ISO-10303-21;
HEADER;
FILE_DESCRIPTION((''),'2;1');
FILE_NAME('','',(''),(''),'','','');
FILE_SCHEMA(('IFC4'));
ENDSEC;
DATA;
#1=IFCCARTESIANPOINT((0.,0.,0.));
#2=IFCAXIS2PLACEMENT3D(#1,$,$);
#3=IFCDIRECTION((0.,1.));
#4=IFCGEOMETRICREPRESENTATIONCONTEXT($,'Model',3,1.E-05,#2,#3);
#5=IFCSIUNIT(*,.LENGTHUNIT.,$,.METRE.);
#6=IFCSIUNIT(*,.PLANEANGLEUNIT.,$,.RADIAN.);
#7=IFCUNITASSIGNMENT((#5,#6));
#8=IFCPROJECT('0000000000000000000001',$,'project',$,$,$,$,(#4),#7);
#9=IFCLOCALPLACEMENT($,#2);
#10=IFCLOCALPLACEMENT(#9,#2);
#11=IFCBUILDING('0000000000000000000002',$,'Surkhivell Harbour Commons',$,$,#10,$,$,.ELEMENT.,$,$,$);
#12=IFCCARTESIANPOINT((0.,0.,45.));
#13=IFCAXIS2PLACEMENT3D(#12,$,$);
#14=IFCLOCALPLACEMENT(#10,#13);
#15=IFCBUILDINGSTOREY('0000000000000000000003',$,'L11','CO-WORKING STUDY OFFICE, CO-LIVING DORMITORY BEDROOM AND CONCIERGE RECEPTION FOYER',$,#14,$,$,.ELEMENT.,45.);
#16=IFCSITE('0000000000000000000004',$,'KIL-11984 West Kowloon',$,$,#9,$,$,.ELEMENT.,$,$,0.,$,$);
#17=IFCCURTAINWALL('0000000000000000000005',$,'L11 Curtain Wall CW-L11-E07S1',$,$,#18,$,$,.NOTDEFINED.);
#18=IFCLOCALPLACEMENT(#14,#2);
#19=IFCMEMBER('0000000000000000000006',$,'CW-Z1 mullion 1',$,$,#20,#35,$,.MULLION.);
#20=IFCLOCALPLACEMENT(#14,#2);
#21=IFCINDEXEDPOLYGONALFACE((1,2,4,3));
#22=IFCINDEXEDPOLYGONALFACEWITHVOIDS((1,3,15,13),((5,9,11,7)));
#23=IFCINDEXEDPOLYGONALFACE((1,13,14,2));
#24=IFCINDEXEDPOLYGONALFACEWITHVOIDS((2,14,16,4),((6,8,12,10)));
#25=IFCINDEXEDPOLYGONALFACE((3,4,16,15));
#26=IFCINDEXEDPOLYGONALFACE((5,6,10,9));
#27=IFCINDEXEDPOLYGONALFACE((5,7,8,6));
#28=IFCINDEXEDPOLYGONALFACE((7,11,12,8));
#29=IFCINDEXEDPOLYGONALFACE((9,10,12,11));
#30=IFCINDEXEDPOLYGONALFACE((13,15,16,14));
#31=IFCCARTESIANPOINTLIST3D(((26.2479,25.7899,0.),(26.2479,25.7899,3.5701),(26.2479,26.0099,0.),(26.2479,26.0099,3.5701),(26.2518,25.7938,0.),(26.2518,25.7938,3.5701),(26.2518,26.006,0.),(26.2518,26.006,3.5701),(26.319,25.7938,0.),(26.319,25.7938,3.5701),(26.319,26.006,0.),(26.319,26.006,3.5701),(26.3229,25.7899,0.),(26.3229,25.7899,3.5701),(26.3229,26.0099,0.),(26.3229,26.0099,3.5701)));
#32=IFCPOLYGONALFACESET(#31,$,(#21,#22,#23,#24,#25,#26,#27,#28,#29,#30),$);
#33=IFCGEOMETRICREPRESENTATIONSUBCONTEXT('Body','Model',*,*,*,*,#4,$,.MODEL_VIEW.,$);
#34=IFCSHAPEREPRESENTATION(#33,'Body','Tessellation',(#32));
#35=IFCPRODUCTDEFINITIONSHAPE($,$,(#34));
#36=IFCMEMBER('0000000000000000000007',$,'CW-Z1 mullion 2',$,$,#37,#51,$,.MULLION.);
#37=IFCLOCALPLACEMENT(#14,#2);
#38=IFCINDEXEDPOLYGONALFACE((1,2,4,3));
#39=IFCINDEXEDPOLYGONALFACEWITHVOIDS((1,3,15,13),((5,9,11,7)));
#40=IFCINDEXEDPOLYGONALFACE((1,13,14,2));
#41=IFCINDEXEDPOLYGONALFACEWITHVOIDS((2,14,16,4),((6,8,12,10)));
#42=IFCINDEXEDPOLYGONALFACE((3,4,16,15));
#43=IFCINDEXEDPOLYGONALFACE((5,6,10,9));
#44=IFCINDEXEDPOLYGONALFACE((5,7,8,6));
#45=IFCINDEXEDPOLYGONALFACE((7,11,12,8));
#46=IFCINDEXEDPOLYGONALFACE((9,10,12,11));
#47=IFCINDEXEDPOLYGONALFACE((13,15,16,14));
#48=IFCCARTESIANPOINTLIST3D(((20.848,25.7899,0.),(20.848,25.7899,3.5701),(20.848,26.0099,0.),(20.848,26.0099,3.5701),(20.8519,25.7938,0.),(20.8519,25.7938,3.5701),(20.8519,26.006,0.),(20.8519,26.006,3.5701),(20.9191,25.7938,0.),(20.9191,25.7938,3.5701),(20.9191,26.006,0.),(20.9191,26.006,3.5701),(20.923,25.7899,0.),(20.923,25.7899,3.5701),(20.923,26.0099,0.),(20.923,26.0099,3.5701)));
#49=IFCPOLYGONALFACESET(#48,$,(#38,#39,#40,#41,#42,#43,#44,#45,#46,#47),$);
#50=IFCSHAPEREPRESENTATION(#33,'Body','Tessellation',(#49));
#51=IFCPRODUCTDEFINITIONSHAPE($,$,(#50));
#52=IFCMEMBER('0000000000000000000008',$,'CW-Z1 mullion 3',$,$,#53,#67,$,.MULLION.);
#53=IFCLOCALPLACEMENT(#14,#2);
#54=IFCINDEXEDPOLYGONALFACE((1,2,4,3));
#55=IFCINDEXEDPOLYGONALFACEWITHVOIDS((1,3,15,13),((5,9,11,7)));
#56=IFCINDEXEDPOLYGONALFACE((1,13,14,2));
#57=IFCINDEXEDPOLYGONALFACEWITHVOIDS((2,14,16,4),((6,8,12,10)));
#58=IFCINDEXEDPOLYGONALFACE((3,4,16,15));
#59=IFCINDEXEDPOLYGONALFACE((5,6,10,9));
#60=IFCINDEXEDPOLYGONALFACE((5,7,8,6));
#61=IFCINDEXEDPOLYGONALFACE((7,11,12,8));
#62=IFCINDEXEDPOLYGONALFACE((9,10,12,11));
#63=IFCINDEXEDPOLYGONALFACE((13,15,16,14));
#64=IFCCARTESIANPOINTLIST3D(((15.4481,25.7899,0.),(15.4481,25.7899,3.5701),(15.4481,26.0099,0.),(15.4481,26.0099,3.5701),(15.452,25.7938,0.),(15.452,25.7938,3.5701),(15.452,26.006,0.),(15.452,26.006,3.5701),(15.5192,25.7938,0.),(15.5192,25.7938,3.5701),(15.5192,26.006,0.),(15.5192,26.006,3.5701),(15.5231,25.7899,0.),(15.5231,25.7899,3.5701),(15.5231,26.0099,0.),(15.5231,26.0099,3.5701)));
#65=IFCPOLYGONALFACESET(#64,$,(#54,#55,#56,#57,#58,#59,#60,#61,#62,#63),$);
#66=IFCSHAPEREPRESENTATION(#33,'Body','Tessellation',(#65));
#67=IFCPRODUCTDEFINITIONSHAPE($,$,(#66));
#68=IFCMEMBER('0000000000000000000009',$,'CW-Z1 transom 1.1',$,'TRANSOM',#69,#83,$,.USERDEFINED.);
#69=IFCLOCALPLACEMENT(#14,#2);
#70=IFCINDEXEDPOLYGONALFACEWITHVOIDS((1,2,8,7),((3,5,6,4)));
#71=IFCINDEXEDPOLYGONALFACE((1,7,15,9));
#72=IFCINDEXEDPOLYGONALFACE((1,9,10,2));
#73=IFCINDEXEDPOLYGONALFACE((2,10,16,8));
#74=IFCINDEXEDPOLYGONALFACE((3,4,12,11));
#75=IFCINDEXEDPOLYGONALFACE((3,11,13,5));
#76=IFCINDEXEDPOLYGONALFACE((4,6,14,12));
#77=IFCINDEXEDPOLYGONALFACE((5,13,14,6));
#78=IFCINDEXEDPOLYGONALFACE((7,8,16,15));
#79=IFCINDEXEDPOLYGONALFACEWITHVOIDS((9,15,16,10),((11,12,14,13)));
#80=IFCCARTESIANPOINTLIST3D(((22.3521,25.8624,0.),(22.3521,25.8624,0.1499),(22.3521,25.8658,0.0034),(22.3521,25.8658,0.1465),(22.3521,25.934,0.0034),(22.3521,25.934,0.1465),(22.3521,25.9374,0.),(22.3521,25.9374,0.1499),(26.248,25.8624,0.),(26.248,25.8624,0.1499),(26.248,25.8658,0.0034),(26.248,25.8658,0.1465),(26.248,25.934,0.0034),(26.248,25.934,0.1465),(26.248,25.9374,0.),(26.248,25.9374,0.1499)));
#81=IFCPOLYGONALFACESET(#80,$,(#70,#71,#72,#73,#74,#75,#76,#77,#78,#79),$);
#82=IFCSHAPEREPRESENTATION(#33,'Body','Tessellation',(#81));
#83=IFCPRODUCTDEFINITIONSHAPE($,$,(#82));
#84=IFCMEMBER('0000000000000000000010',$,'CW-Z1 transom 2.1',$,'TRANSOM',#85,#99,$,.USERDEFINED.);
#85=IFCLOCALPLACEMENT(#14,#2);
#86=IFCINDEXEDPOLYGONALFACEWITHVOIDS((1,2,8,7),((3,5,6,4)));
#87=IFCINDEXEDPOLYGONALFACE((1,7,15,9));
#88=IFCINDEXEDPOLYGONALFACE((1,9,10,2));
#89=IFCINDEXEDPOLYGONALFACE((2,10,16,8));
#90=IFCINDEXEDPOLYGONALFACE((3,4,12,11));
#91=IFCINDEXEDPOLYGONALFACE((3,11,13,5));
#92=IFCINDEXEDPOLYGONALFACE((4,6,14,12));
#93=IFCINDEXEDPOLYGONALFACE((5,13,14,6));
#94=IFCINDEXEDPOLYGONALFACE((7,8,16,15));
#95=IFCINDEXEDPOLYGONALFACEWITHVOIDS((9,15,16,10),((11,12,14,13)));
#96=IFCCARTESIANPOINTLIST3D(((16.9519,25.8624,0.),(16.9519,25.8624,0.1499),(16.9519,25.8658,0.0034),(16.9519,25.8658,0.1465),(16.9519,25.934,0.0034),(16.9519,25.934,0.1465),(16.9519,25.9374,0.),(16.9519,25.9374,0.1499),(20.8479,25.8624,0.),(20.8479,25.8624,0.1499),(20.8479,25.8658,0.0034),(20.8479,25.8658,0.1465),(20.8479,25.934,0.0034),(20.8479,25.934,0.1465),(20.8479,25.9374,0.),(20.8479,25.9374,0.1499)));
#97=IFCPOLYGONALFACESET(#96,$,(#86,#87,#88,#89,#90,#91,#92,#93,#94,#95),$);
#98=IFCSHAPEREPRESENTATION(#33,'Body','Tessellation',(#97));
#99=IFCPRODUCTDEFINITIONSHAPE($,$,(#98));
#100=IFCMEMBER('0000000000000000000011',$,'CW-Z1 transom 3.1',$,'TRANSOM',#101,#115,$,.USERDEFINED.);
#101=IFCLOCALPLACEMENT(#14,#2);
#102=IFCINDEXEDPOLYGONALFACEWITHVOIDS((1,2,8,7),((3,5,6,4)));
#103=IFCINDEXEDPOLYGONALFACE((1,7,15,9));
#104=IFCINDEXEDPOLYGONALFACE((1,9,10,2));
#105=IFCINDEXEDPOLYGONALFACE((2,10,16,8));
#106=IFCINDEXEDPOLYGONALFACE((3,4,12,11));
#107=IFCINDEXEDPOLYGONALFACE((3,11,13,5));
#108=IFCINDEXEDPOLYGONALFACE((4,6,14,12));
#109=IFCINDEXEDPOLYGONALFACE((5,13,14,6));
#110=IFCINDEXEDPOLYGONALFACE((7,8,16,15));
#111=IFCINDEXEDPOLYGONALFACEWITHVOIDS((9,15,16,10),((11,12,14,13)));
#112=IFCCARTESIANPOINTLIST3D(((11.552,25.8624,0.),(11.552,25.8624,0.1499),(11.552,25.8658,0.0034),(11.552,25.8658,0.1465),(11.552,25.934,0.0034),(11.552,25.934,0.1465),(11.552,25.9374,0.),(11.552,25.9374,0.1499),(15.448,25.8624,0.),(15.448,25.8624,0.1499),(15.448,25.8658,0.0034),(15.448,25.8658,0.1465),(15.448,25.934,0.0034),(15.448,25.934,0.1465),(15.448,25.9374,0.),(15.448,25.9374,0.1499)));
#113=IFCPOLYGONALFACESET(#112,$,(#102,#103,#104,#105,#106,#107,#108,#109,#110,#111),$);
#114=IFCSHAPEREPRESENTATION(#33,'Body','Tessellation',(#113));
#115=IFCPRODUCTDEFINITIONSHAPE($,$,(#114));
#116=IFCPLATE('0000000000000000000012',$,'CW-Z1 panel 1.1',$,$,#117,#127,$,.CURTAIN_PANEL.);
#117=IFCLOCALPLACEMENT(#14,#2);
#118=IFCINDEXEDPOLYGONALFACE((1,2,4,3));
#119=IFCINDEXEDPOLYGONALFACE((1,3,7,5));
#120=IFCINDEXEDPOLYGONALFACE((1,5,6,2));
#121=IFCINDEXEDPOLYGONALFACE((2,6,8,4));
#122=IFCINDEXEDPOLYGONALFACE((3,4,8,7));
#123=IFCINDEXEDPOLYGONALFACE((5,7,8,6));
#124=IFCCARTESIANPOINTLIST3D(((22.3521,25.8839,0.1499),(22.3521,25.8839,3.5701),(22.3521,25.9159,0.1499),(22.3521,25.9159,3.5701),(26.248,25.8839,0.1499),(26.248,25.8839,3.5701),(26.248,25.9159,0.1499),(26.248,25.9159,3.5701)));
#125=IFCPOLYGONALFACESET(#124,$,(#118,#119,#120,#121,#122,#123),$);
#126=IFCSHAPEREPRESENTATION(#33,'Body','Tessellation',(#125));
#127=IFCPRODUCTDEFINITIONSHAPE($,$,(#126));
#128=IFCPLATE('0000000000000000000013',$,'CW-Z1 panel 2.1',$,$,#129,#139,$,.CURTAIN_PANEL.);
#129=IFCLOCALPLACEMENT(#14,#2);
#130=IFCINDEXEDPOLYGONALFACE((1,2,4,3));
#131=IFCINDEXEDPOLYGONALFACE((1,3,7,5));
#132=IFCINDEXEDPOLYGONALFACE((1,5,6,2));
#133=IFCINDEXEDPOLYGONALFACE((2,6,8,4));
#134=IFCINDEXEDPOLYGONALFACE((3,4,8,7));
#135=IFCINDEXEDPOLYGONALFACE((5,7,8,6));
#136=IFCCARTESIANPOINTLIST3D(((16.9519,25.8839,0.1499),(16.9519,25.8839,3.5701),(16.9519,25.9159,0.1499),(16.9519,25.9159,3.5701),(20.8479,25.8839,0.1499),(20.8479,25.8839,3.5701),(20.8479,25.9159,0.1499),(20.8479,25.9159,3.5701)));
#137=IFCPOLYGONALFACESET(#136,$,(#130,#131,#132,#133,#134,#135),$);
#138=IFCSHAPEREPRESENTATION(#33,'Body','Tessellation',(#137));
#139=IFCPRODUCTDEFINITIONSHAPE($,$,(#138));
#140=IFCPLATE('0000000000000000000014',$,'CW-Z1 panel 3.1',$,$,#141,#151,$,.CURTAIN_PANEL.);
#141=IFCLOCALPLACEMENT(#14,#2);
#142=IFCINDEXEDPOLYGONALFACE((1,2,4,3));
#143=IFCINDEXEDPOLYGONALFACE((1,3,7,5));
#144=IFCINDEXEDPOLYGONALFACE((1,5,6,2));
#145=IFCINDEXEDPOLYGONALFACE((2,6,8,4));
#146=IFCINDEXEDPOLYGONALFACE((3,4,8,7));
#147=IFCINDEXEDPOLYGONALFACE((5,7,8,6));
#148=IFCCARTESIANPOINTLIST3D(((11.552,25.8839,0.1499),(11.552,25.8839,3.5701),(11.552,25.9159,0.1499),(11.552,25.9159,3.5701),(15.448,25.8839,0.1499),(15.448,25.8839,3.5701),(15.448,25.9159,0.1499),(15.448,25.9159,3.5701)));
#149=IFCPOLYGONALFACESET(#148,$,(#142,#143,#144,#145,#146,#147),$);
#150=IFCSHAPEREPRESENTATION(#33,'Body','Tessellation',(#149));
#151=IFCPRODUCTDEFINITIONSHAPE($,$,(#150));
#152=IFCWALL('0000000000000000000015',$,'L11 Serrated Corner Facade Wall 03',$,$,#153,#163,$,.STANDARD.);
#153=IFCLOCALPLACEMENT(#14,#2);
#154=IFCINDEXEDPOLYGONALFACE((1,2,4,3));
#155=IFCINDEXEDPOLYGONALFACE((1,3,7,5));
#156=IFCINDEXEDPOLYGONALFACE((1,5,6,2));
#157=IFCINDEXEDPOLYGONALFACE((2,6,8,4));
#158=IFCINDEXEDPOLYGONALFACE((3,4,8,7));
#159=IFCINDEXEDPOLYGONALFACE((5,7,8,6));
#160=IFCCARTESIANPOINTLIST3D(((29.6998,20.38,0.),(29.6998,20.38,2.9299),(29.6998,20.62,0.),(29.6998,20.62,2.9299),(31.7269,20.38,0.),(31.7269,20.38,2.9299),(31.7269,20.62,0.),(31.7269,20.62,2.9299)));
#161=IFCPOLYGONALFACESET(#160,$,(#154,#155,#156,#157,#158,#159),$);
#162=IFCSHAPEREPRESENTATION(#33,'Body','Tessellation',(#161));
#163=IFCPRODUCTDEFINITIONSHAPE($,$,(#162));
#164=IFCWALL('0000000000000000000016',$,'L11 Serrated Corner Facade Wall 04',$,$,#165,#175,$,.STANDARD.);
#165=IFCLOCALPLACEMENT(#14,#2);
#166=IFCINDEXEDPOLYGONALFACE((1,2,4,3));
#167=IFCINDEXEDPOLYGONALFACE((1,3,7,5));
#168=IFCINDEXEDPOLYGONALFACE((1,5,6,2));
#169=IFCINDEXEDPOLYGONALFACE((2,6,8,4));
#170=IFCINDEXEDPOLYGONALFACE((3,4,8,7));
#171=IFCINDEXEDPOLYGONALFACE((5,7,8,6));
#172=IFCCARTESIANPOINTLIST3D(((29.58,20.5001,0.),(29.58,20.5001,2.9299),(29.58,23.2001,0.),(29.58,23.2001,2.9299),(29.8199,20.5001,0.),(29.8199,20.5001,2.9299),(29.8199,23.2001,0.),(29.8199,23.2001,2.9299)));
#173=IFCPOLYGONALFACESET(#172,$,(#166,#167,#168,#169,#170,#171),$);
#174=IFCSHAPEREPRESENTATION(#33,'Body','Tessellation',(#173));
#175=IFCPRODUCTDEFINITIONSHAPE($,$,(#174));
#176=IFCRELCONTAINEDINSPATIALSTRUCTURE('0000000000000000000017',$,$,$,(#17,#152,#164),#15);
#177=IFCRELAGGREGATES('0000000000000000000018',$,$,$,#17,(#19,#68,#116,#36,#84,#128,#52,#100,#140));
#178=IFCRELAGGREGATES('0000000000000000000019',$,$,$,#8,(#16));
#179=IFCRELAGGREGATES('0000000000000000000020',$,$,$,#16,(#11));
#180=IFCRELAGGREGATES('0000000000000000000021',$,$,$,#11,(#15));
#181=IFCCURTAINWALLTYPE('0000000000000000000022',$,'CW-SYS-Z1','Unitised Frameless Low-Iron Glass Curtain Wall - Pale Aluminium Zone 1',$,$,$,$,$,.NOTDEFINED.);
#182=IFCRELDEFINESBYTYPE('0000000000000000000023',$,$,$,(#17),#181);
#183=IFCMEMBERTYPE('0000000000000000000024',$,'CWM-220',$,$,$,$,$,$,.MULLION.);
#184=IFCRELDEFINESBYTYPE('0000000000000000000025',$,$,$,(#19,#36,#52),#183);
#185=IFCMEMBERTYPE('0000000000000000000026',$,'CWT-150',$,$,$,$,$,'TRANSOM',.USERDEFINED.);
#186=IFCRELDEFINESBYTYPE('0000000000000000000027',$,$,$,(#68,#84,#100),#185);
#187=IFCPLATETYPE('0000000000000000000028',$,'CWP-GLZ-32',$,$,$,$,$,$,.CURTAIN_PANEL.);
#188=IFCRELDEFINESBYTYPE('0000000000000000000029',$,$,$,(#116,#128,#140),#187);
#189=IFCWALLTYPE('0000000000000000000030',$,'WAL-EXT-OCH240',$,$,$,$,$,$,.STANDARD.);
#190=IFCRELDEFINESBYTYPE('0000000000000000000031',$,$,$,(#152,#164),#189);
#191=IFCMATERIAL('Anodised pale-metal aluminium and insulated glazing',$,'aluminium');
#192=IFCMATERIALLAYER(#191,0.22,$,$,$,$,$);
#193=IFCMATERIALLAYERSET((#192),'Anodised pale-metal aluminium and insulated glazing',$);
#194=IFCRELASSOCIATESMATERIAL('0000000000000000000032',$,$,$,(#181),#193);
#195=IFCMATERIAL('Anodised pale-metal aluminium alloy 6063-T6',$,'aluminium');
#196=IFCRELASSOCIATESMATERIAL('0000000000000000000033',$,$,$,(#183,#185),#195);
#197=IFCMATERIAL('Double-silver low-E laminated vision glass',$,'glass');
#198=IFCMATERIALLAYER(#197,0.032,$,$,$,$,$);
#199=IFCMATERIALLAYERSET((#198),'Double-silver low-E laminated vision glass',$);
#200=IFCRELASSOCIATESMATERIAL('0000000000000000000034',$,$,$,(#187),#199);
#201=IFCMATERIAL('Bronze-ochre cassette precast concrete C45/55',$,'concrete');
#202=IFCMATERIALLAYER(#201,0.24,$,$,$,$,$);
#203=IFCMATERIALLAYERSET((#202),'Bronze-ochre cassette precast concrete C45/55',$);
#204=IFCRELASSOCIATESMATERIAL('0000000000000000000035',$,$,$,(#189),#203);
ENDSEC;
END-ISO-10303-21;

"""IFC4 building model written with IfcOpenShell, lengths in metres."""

from ifc_helpers import new_model, si_unit, direction, frame, frame_2d, origin, origin_2d, place, context, subcontext, project, spatial, rectangle, hollow_rectangle, extrude, material, layer, layer_set, material_profile, profile_set, type_object, element, aggregate, save


model = new_model("IFC4")

# Units and contexts
model_context = context("Model", 3, precision=1e-05, world=origin(), true_north=direction((0.0, 1.0)))
body_context = subcontext(model_context, "Body", "Model", "MODEL_VIEW")
ifc_project = project(units=[si_unit("LENGTHUNIT", "METRE"), si_unit("PLANEANGLEUNIT", "RADIAN")], contexts=[model_context])

# Site, building, storey
site_placement = place(None, origin())
site = spatial("IfcSite", under=ifc_project, at=site_placement, Name="KIL-11984 West Kowloon", CompositionType="ELEMENT", RefElevation=0.0)
building_placement = place(site_placement, origin())
building = spatial("IfcBuilding", under=site, at=building_placement, Name="Surkhivell Harbour Commons", CompositionType="ELEMENT")
storey_placement = place(building_placement, frame((0.0, 0.0, 45.0)))
storey = spatial("IfcBuildingStorey", under=building, at=storey_placement, Name="L11", Description="CO-WORKING STUDY OFFICE, CO-LIVING DORMITORY BEDROOM AND CONCIERGE RECEPTION FOYER", CompositionType="ELEMENT", Elevation=45.0)

# Shared definitions
ifc_material_1 = material(Name="Anodised pale-metal aluminium and insulated glazing", Category="aluminium")
ifc_layer_1 = layer(ifc_material_1, 0.22)
ifc_layer_set_1 = layer_set([ifc_layer_1], Name="Anodised pale-metal aluminium and insulated glazing")
curtain_wall_type = type_object("IfcCurtainWallType", Name="CW-SYS-Z1", Description="Unitised Frameless Low-Iron Glass Curtain Wall - Pale Aluminium Zone 1", PredefinedType="NOTDEFINED", material=ifc_layer_set_1)
ifc_material_2 = material(Name="Anodised pale-metal aluminium alloy 6063-T6", Category="aluminium")
ifc_material_profile_1 = material_profile(ifc_material_2, hollow_rectangle(XDim=0.075, YDim=0.22, WallThickness=0.0039, at=origin_2d()), Name="ALU-MULL-75x220")
ifc_profile_set_1 = profile_set([ifc_material_profile_1], Name="Anodised pale-metal aluminium alloy 6063-T6")
member_type_1 = type_object("IfcMemberType", Name="CWM-220", PredefinedType="MULLION", material=ifc_profile_set_1)

# Curtain wall, members, plates
curtain_wall_1_placement = place(storey_placement, origin())
curtain_wall_1 = element("IfcCurtainWall", 1, at=curtain_wall_1_placement, inside=storey, type_object=curtain_wall_type, Name="L11 Curtain Wall CW-L11-E07S1", PredefinedType="NOTDEFINED")
member_1_placement = place(storey_placement, frame((26.2854, 25.8999, 0.0), z_axis=(0.0, 0.0, 1.0), x_axis=(-1.0, 0.0, 0.0)))
member_1 = element("IfcMember", 2, at=member_1_placement, type_object=member_type_1, Name="CW-Z1 mullion 1", PredefinedType="MULLION", context=body_context, shape_type="SweptSolid", body=[
    extrude(hollow_rectangle(XDim=0.075, YDim=0.22, WallThickness=0.0039, at=origin_2d()), origin(), (0.0, 0.0, 1.0), 3.5701),
])
member_2_placement = place(storey_placement, frame((20.8855, 25.8999, 0.0), z_axis=(0.0, 0.0, 1.0), x_axis=(-1.0, 0.0, 0.0)))
member_2 = element("IfcMember", 3, at=member_2_placement, type_object=member_type_1, Name="CW-Z1 mullion 2", PredefinedType="MULLION", context=body_context, shape_type="SweptSolid", body=[
    extrude(hollow_rectangle(XDim=0.075, YDim=0.22, WallThickness=0.0039, at=origin_2d()), origin(), (0.0, 0.0, 1.0), 3.5701),
])
member_3_placement = place(storey_placement, frame((15.4856, 25.8999, 0.0), z_axis=(0.0, 0.0, 1.0), x_axis=(-1.0, 0.0, 0.0)))
member_3 = element("IfcMember", 4, at=member_3_placement, type_object=member_type_1, Name="CW-Z1 mullion 3", PredefinedType="MULLION", context=body_context, shape_type="SweptSolid", body=[
    extrude(hollow_rectangle(XDim=0.075, YDim=0.22, WallThickness=0.0039, at=origin_2d()), origin(), (0.0, 0.0, 1.0), 3.5701),
])
ifc_material_profile_2 = material_profile(ifc_material_2, hollow_rectangle(XDim=0.075, YDim=0.1499, WallThickness=0.0034, at=origin_2d()), Name="ALU-TRAN-75x150")
ifc_profile_set_2 = profile_set([ifc_material_profile_2], Name="Anodised pale-metal aluminium alloy 6063-T6")
member_type_2 = type_object("IfcMemberType", Name="CWT-150", ElementType="TRANSOM", PredefinedType="USERDEFINED", material=ifc_profile_set_2)
member_4_placement = place(storey_placement, frame((26.248, 25.8999, 0.075), z_axis=(-1.0, 0.0, 0.0), x_axis=(0.0, -1.0, 0.0)))
member_4 = element("IfcMember", 5, at=member_4_placement, type_object=member_type_2, Name="CW-Z1 transom 1.1", ObjectType="TRANSOM", PredefinedType="USERDEFINED", context=body_context, shape_type="SweptSolid", body=[
    extrude(hollow_rectangle(XDim=0.075, YDim=0.1499, WallThickness=0.0034, at=origin_2d()), origin(), (0.0, 0.0, 1.0), 3.896),
])
member_5_placement = place(storey_placement, frame((20.8479, 25.8999, 0.075), z_axis=(-1.0, 0.0, 0.0), x_axis=(0.0, -1.0, 0.0)))
member_5 = element("IfcMember", 6, at=member_5_placement, type_object=member_type_2, Name="CW-Z1 transom 2.1", ObjectType="TRANSOM", PredefinedType="USERDEFINED", context=body_context, shape_type="SweptSolid", body=[
    extrude(hollow_rectangle(XDim=0.075, YDim=0.1499, WallThickness=0.0034, at=origin_2d()), origin(), (0.0, 0.0, 1.0), 3.896),
])
member_6_placement = place(storey_placement, frame((15.448, 25.8999, 0.075), z_axis=(-1.0, 0.0, 0.0), x_axis=(0.0, -1.0, 0.0)))
member_6 = element("IfcMember", 7, at=member_6_placement, type_object=member_type_2, Name="CW-Z1 transom 3.1", ObjectType="TRANSOM", PredefinedType="USERDEFINED", context=body_context, shape_type="SweptSolid", body=[
    extrude(hollow_rectangle(XDim=0.075, YDim=0.1499, WallThickness=0.0034, at=origin_2d()), origin(), (0.0, 0.0, 1.0), 3.896),
])
ifc_material_3 = material(Name="Double-silver low-E laminated vision glass", Category="glass")
ifc_layer_2 = layer(ifc_material_3, 0.032)
ifc_layer_set_2 = layer_set([ifc_layer_2], Name="Double-silver low-E laminated vision glass")
plate_type = type_object("IfcPlateType", Name="CWP-GLZ-32", PredefinedType="CURTAIN_PANEL", material=ifc_layer_set_2)
plate_1_placement = place(storey_placement, frame((26.248, 25.8999, 0.1499), z_axis=(0.0, 0.0, 1.0), x_axis=(-1.0, 0.0, 0.0)))
plate_1 = element("IfcPlate", 8, at=plate_1_placement, type_object=plate_type, Name="CW-Z1 panel 1.1", PredefinedType="CURTAIN_PANEL", context=body_context, shape_type="SweptSolid", body=[
    extrude(rectangle(XDim=3.896, YDim=0.032, at=frame_2d((1.948, 0.0))), origin(), (0.0, 0.0, 1.0), 3.4202),
])
plate_2_placement = place(storey_placement, frame((20.8479, 25.8999, 0.1499), z_axis=(0.0, 0.0, 1.0), x_axis=(-1.0, 0.0, 0.0)))
plate_2 = element("IfcPlate", 9, at=plate_2_placement, type_object=plate_type, Name="CW-Z1 panel 2.1", PredefinedType="CURTAIN_PANEL", context=body_context, shape_type="SweptSolid", body=[
    extrude(rectangle(XDim=3.896, YDim=0.032, at=frame_2d((1.948, 0.0))), origin(), (0.0, 0.0, 1.0), 3.4202),
])
plate_3_placement = place(storey_placement, frame((15.448, 25.8999, 0.1499), z_axis=(0.0, 0.0, 1.0), x_axis=(-1.0, 0.0, 0.0)))
plate_3 = element("IfcPlate", 10, at=plate_3_placement, type_object=plate_type, Name="CW-Z1 panel 3.1", PredefinedType="CURTAIN_PANEL", context=body_context, shape_type="SweptSolid", body=[
    extrude(rectangle(XDim=3.896, YDim=0.032, at=frame_2d((1.948, 0.0))), origin(), (0.0, 0.0, 1.0), 3.4202),
])
aggregate(curtain_wall_1, [member_1, member_4, plate_1, member_2, member_5, plate_2, member_3, member_6, plate_3])

# Walls
ifc_material_4 = material(Name="Bronze-ochre cassette precast concrete C45/55", Category="concrete")
ifc_layer_3 = layer(ifc_material_4, 0.24)
ifc_layer_set_3 = layer_set([ifc_layer_3], Name="Bronze-ochre cassette precast concrete C45/55")
wall_type = type_object("IfcWallType", Name="WAL-EXT-OCH240", PredefinedType="STANDARD", material=ifc_layer_set_3)
wall_1_placement = place(storey_placement, frame((31.7271, 20.5, 0.0), z_axis=(0.0, 0.0, 1.0), x_axis=(-1.0, 0.0, 0.0)))
element("IfcWall", 11, at=wall_1_placement, inside=storey, type_object=wall_type, Name="L11 Serrated Corner Facade Wall 03", PredefinedType="STANDARD", context=body_context, shape_type="SweptSolid", body=[
    extrude(rectangle(XDim=2.0271, YDim=0.24, at=frame_2d((1.0137, 0.0))), origin(), (0.0, 0.0, 1.0), 2.9299),
])
wall_2_placement = place(storey_placement, frame((29.7, 20.5, 0.0), z_axis=(0.0, 0.0, 1.0), x_axis=(0.0, 1.0, 0.0)))
element("IfcWall", 12, at=wall_2_placement, inside=storey, type_object=wall_type, Name="L11 Serrated Corner Facade Wall 04", PredefinedType="STANDARD", context=body_context, shape_type="SweptSolid", body=[
    extrude(rectangle(XDim=2.7, YDim=0.24, at=frame_2d((1.3501, 0.0))), origin(), (0.0, 0.0, 1.0), 2.9299),
])

save(model, "model.ifc")
